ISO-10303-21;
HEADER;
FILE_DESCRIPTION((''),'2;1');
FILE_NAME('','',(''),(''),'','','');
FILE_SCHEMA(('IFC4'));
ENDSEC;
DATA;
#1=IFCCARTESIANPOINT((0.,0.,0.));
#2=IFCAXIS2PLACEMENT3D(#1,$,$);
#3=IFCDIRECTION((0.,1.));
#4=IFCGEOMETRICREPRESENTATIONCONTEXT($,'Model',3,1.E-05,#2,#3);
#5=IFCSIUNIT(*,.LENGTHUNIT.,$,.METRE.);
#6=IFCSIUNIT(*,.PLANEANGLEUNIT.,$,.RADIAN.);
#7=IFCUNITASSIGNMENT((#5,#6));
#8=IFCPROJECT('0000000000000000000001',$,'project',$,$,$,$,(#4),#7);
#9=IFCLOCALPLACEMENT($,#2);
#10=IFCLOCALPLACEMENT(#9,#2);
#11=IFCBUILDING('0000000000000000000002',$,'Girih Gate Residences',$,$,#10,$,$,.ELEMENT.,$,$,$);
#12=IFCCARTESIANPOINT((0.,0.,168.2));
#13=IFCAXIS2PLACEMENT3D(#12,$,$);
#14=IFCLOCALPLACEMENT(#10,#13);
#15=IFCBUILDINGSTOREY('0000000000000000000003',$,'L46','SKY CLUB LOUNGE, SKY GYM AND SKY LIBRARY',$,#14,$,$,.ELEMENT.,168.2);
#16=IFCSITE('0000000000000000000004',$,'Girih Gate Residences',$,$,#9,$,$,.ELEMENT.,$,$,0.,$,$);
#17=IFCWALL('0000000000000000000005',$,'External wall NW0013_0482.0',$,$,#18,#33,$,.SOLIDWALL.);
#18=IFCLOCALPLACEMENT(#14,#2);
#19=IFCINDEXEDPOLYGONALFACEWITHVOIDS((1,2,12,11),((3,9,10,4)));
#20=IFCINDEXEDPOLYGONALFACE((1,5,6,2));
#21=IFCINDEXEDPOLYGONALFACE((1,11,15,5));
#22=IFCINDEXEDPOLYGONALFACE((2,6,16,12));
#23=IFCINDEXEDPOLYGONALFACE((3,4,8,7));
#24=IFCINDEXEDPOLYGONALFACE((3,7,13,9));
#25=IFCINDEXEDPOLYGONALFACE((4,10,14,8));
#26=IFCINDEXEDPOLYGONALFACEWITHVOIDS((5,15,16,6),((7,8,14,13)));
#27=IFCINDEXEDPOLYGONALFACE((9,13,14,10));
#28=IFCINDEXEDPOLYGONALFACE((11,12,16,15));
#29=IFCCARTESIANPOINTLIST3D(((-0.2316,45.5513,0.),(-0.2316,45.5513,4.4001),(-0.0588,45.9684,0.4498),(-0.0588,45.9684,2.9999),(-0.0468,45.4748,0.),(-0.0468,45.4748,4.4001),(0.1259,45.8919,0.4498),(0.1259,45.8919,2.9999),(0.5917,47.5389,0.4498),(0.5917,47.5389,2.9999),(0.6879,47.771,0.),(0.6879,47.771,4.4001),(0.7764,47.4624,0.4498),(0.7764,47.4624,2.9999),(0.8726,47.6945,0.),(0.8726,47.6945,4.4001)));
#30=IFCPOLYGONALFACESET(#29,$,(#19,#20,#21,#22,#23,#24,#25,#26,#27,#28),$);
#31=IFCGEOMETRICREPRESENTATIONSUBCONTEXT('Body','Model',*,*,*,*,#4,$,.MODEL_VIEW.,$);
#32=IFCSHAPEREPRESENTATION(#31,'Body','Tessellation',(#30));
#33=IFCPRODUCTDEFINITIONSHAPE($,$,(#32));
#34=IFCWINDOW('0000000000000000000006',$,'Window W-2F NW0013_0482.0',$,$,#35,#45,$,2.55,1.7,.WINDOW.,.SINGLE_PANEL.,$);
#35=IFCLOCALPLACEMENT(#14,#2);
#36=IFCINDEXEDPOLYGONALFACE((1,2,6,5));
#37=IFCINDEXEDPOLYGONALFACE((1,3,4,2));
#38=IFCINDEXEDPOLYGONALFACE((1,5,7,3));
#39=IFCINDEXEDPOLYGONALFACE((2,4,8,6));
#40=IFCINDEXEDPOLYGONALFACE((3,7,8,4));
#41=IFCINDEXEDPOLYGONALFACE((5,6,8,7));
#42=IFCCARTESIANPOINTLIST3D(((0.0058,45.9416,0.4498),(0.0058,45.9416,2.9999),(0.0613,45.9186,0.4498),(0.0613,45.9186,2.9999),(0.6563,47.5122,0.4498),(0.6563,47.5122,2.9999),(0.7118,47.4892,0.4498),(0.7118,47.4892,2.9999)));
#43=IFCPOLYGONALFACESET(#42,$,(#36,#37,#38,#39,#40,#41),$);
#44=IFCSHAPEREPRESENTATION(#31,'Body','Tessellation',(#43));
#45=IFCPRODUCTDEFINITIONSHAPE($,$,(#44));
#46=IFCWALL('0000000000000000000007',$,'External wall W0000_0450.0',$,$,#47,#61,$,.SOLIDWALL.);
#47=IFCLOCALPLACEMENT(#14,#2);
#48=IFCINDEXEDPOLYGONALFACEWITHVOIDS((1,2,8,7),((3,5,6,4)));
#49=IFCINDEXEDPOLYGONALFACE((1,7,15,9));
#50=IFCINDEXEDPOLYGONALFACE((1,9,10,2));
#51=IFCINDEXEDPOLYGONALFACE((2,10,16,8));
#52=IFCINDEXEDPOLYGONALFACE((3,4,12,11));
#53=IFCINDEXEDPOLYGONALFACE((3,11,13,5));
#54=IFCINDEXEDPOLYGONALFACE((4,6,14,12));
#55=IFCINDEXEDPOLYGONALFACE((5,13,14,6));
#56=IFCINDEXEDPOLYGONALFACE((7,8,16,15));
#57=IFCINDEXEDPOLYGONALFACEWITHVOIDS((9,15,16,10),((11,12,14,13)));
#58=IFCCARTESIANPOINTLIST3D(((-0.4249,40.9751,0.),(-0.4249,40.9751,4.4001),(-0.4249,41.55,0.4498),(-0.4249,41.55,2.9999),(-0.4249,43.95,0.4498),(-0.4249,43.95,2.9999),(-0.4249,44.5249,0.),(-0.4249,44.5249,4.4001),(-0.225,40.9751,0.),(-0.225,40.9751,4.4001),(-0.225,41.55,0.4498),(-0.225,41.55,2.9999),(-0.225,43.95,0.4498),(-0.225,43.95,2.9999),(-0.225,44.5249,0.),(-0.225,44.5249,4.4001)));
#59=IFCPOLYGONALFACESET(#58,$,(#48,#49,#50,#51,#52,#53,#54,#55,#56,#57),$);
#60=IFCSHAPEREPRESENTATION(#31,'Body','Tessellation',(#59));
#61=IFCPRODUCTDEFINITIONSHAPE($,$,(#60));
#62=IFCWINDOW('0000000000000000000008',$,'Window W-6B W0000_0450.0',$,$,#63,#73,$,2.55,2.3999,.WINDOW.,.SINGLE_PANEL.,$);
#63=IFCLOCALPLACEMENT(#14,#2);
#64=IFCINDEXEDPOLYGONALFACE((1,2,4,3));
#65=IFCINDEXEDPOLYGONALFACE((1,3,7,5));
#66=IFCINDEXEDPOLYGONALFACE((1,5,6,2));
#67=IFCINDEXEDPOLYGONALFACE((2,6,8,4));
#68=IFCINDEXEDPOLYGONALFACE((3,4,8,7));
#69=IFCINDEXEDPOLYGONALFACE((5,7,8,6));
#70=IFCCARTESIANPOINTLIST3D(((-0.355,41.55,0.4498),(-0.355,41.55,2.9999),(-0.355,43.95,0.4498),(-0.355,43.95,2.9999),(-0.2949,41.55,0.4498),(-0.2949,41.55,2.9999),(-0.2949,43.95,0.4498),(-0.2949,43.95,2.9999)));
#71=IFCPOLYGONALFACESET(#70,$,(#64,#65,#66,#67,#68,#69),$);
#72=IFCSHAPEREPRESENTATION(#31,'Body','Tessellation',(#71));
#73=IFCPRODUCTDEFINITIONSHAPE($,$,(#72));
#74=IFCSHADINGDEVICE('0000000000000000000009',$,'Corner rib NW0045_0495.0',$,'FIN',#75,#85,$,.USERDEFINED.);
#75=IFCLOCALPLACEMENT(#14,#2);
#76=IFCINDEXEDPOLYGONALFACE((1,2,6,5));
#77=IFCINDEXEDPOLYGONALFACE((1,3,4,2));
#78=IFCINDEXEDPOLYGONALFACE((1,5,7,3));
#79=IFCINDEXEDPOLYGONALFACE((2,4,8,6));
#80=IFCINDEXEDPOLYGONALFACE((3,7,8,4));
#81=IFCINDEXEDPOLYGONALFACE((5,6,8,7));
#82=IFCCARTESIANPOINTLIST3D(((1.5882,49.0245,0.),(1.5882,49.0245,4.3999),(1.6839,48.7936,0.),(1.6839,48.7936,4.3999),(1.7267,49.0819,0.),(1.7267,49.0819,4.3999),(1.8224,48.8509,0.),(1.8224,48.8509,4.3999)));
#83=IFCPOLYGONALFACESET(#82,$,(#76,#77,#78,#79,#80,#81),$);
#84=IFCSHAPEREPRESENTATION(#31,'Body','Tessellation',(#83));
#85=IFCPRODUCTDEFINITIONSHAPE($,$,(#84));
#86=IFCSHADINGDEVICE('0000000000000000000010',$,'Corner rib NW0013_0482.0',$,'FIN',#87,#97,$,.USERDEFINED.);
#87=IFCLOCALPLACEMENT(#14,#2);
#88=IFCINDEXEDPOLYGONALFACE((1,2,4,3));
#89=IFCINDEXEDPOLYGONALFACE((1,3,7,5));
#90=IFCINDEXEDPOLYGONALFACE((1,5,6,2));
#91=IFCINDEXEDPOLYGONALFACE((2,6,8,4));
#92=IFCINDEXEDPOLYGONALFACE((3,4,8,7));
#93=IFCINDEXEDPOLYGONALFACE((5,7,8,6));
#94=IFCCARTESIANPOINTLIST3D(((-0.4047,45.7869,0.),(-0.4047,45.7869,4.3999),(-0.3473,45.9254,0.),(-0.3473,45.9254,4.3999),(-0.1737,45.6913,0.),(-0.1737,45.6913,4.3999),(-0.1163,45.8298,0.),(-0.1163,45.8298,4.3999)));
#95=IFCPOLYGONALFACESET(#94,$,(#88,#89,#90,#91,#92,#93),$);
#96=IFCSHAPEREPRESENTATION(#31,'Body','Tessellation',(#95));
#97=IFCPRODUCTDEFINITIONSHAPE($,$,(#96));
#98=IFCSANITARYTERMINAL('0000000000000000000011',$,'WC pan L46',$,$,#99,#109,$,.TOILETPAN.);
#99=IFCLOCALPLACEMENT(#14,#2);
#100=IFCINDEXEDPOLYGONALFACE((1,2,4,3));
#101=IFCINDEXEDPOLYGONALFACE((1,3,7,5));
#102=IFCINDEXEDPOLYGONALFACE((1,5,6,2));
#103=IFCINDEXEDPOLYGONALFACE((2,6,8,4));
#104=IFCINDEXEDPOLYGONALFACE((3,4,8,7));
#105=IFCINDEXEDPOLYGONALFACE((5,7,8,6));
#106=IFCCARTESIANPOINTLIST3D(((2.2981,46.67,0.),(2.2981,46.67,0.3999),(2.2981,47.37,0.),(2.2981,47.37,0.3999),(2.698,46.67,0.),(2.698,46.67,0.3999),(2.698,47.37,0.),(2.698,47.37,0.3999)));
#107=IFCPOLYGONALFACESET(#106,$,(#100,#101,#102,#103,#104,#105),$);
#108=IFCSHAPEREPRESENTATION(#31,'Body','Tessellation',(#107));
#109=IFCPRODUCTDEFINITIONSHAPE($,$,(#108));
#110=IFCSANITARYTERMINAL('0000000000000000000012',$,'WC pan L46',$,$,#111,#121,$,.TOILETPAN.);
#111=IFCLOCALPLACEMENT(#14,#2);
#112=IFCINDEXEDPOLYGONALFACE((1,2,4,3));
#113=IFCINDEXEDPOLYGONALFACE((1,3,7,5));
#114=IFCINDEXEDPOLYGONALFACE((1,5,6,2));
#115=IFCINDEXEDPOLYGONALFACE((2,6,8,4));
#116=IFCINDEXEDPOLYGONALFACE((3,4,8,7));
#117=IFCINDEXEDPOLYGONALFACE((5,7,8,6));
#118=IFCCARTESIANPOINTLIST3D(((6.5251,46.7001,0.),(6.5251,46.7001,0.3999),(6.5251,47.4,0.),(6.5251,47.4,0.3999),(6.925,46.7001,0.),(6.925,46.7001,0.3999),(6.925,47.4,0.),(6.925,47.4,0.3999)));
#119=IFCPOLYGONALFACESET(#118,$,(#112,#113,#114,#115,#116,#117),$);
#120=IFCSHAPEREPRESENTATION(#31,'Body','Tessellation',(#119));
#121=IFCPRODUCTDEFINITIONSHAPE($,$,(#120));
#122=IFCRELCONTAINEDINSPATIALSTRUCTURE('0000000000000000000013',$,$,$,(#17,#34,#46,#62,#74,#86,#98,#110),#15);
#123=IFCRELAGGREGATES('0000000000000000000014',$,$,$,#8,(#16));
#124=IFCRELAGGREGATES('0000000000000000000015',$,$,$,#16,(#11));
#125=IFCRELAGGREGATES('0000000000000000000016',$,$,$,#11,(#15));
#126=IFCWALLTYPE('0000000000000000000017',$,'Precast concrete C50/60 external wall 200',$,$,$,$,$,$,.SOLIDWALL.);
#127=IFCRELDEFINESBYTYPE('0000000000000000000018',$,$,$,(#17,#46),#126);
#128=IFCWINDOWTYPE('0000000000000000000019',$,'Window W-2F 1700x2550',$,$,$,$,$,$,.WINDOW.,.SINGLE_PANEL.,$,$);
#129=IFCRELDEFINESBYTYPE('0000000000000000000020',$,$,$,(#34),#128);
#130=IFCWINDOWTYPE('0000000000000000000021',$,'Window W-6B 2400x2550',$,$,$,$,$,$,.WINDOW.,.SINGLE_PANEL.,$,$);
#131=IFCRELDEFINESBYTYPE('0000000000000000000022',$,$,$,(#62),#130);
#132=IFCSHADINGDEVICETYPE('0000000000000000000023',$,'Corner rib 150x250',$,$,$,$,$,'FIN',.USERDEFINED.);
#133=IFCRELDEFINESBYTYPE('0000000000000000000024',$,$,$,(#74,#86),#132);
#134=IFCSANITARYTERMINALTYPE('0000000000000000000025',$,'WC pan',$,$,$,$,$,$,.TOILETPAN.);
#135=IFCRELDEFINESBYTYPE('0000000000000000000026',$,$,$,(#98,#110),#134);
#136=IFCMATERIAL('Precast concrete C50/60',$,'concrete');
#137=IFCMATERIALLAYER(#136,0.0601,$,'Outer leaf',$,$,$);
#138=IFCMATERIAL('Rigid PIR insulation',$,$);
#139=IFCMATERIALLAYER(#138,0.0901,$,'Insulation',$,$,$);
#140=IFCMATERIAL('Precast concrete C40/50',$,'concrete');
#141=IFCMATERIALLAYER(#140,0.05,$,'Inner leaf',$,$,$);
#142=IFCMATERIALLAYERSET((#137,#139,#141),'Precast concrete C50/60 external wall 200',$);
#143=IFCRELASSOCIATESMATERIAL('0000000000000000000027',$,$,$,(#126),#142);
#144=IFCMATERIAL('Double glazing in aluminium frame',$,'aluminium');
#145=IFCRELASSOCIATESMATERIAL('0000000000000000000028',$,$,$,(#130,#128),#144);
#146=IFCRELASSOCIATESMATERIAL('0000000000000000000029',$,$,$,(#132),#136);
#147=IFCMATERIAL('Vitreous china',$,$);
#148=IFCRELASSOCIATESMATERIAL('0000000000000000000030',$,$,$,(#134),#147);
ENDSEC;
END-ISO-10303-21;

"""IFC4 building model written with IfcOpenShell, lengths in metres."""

from ifc_helpers import new_model, si_unit, direction, frame, frame_2d, origin, origin_2d, place, context, subcontext, project, spatial, rectangle, extrude, material, layer, layer_set, type_object, element, fill, save


model = new_model("IFC4")

# Units and contexts
model_context = context("Model", 3, precision=1e-05, world=origin(), true_north=direction((0.0, 1.0)))
body_context = subcontext(model_context, "Body", "Model", "MODEL_VIEW")
ifc_project = project(units=[si_unit("LENGTHUNIT", "METRE"), si_unit("PLANEANGLEUNIT", "RADIAN")], contexts=[model_context])

# Site, building, storey
site_placement = place(None, origin())
site = spatial("IfcSite", under=ifc_project, at=site_placement, Name="Girih Gate Residences", CompositionType="ELEMENT", RefElevation=0.0)
building_placement = place(site_placement, origin())
building = spatial("IfcBuilding", under=site, at=building_placement, Name="Girih Gate Residences", CompositionType="ELEMENT")
storey_placement = place(building_placement, frame((0.0, 0.0, 168.2)))
storey = spatial("IfcBuildingStorey", under=building, at=storey_placement, Name="L46", Description="SKY CLUB LOUNGE, SKY GYM AND SKY LIBRARY", CompositionType="ELEMENT", Elevation=168.2)

# Walls, openings, windows
ifc_material_1 = material(Name="Precast concrete C50/60", Category="concrete")
ifc_layer_1 = layer(ifc_material_1, 0.0601, Name="Outer leaf")
ifc_material_2 = material(Name="Rigid PIR insulation")
ifc_layer_2 = layer(ifc_material_2, 0.0901, Name="Insulation")
ifc_material_3 = material(Name="Precast concrete C40/50", Category="concrete")
ifc_layer_3 = layer(ifc_material_3, 0.05, Name="Inner leaf")
ifc_layer_set_1 = layer_set([ifc_layer_1, ifc_layer_2, ifc_layer_3], Name="Precast concrete C50/60 external wall 200")
wall_type_1 = type_object("IfcWallType", Name="Precast concrete C50/60 external wall 200", PredefinedType="SOLIDWALL", material=ifc_layer_set_1)
ifc_material_4 = material(Name="Double glazing in aluminium frame", Category="aluminium")
window_type_1 = type_object("IfcWindowType", Name="Window W-6B 2400x2550", PartitioningType="SINGLE_PANEL", PredefinedType="WINDOW", material=ifc_material_4)
window_type_2 = type_object("IfcWindowType", Name="Window W-2F 1700x2550", PartitioningType="SINGLE_PANEL", PredefinedType="WINDOW", material=ifc_material_4)
wall_1_placement = place(storey_placement, frame((-0.1392, 45.5132, 0.0), z_axis=(0.0, 0.0, 1.0), x_axis=(0.382681, 0.923881, 0.0)))
wall_1 = element("IfcWall", 1, at=wall_1_placement, inside=storey, type_object=wall_type_1, Name="External wall NW0013_0482.0", PredefinedType="SOLIDWALL", context=body_context, shape_type="SweptSolid", body=[
    extrude(rectangle(XDim=2.4026, YDim=0.2, at=frame_2d((1.2012, 0.0))), origin(), (0.0, 0.0, 1.0), 4.4001),
])
opening_1_placement = place(wall_1_placement, frame((0.4512, 0.0, 0.45)))
opening_1 = element("IfcOpeningElement", 2, at=opening_1_placement, cuts=wall_1, PredefinedType="OPENING", context=body_context, shape_type="SweptSolid", body=[
    extrude(rectangle(XDim=1.7, YDim=2.55, at=frame_2d((0.8501, 1.2749))), frame((0.0, 0.1099, 0.0), z_axis=(0.0, -1.0, 0.0), x_axis=(1.0, 0.0, 0.0)), (0.0, 0.0, 1.0), 0.22),
])
window_1_placement = place(opening_1_placement, origin())
window_1 = element("IfcWindow", 3, at=window_1_placement, inside=storey, type_object=window_type_2, Name="Window W-2F NW0013_0482.0", OverallHeight=2.55, OverallWidth=1.7, PartitioningType="SINGLE_PANEL", PredefinedType="WINDOW", context=body_context, shape_type="SweptSolid", body=[
    extrude(rectangle(XDim=1.7, YDim=2.55, at=frame_2d((0.8501, 1.2749))), frame((0.0, 0.03, 0.0), z_axis=(0.0, -1.0, 0.0), x_axis=(1.0, 0.0, 0.0)), (0.0, 0.0, 1.0), 0.0601),
])
fill(opening_1, window_1)
wall_2_placement = place(storey_placement, frame((-0.325, 40.9751, 0.0), z_axis=(0.0, 0.0, 1.0), x_axis=(0.0, 1.0, 0.0)))
wall_2 = element("IfcWall", 4, at=wall_2_placement, inside=storey, type_object=wall_type_1, Name="External wall W0000_0450.0", PredefinedType="SOLIDWALL", context=body_context, shape_type="SweptSolid", body=[
    extrude(rectangle(XDim=3.5498, YDim=0.2, at=frame_2d((1.7749, 0.0))), origin(), (0.0, 0.0, 1.0), 4.4001),
])
opening_2_placement = place(wall_2_placement, frame((0.575, 0.0, 0.45)))
opening_2 = element("IfcOpeningElement", 5, at=opening_2_placement, cuts=wall_2, PredefinedType="OPENING", context=body_context, shape_type="SweptSolid", body=[
    extrude(rectangle(XDim=2.3999, YDim=2.55, at=frame_2d((1.2, 1.2749))), frame((0.0, 0.1099, 0.0), z_axis=(0.0, -1.0, 0.0), x_axis=(1.0, 0.0, 0.0)), (0.0, 0.0, 1.0), 0.22),
])
window_2_placement = place(opening_2_placement, origin())
window_2 = element("IfcWindow", 6, at=window_2_placement, inside=storey, type_object=window_type_1, Name="Window W-6B W0000_0450.0", OverallHeight=2.55, OverallWidth=2.3999, PartitioningType="SINGLE_PANEL", PredefinedType="WINDOW", context=body_context, shape_type="SweptSolid", body=[
    extrude(rectangle(XDim=2.3999, YDim=2.55, at=frame_2d((1.2, 1.2749))), frame((0.0, 0.03, 0.0), z_axis=(0.0, -1.0, 0.0), x_axis=(1.0, 0.0, 0.0)), (0.0, 0.0, 1.0), 0.0601),
])
fill(opening_2, window_2)

# Shading devices
shading_device_type = type_object("IfcShadingDeviceType", Name="Corner rib 150x250", ElementType="FIN", PredefinedType="USERDEFINED", material=ifc_material_1)
for number, where, z_axis, x_axis, name in (
    (7, (1.7053, 48.9377, 0.0), (0.0, 0.0, 1.0), (-0.92388, -0.382683, 0.0), "Corner rib NW0045_0495.0"),
    (8, (-0.2605, 45.8083, 0.0), (0.0, 0.0, 1.0), (-0.382683, -0.92388, 0.0), "Corner rib NW0013_0482.0"),
):
    element("IfcShadingDevice", number, at=place(storey_placement, frame(where, z_axis=z_axis, x_axis=x_axis)), inside=storey, type_object=shading_device_type, Name=name, ObjectType="FIN", PredefinedType="USERDEFINED", context=body_context, shape_type="SweptSolid", body=[
        extrude(rectangle(XDim=0.1499, YDim=0.25, at=origin_2d()), origin(), (0.0, 0.0, 1.0), 4.3999),
    ])

# Sanitary terminals
ifc_material_5 = material(Name="Vitreous china")
sanitary_terminal_type = type_object("IfcSanitaryTerminalType", Name="WC pan", PredefinedType="TOILETPAN", material=ifc_material_5)
for number, where, z_axis, x_axis, name in (
    (9, (2.498, 47.02, 0.0), (0.0, 0.0, 1.0), (1.0, 0.0, 0.0), "WC pan L46"),
    (10, (6.7251, 47.05, 0.0), (0.0, 0.0, 1.0), (1.0, 0.0, 0.0), "WC pan L46"),
):
    element("IfcSanitaryTerminal", number, at=place(storey_placement, frame(where, z_axis=z_axis, x_axis=x_axis)), inside=storey, type_object=sanitary_terminal_type, Name=name, PredefinedType="TOILETPAN", context=body_context, shape_type="SweptSolid", body=[
        extrude(rectangle(XDim=0.3999, YDim=0.7, at=origin_2d()), origin(), (0.0, 0.0, 1.0), 0.3999),
    ])

save(model, "model.ifc")
